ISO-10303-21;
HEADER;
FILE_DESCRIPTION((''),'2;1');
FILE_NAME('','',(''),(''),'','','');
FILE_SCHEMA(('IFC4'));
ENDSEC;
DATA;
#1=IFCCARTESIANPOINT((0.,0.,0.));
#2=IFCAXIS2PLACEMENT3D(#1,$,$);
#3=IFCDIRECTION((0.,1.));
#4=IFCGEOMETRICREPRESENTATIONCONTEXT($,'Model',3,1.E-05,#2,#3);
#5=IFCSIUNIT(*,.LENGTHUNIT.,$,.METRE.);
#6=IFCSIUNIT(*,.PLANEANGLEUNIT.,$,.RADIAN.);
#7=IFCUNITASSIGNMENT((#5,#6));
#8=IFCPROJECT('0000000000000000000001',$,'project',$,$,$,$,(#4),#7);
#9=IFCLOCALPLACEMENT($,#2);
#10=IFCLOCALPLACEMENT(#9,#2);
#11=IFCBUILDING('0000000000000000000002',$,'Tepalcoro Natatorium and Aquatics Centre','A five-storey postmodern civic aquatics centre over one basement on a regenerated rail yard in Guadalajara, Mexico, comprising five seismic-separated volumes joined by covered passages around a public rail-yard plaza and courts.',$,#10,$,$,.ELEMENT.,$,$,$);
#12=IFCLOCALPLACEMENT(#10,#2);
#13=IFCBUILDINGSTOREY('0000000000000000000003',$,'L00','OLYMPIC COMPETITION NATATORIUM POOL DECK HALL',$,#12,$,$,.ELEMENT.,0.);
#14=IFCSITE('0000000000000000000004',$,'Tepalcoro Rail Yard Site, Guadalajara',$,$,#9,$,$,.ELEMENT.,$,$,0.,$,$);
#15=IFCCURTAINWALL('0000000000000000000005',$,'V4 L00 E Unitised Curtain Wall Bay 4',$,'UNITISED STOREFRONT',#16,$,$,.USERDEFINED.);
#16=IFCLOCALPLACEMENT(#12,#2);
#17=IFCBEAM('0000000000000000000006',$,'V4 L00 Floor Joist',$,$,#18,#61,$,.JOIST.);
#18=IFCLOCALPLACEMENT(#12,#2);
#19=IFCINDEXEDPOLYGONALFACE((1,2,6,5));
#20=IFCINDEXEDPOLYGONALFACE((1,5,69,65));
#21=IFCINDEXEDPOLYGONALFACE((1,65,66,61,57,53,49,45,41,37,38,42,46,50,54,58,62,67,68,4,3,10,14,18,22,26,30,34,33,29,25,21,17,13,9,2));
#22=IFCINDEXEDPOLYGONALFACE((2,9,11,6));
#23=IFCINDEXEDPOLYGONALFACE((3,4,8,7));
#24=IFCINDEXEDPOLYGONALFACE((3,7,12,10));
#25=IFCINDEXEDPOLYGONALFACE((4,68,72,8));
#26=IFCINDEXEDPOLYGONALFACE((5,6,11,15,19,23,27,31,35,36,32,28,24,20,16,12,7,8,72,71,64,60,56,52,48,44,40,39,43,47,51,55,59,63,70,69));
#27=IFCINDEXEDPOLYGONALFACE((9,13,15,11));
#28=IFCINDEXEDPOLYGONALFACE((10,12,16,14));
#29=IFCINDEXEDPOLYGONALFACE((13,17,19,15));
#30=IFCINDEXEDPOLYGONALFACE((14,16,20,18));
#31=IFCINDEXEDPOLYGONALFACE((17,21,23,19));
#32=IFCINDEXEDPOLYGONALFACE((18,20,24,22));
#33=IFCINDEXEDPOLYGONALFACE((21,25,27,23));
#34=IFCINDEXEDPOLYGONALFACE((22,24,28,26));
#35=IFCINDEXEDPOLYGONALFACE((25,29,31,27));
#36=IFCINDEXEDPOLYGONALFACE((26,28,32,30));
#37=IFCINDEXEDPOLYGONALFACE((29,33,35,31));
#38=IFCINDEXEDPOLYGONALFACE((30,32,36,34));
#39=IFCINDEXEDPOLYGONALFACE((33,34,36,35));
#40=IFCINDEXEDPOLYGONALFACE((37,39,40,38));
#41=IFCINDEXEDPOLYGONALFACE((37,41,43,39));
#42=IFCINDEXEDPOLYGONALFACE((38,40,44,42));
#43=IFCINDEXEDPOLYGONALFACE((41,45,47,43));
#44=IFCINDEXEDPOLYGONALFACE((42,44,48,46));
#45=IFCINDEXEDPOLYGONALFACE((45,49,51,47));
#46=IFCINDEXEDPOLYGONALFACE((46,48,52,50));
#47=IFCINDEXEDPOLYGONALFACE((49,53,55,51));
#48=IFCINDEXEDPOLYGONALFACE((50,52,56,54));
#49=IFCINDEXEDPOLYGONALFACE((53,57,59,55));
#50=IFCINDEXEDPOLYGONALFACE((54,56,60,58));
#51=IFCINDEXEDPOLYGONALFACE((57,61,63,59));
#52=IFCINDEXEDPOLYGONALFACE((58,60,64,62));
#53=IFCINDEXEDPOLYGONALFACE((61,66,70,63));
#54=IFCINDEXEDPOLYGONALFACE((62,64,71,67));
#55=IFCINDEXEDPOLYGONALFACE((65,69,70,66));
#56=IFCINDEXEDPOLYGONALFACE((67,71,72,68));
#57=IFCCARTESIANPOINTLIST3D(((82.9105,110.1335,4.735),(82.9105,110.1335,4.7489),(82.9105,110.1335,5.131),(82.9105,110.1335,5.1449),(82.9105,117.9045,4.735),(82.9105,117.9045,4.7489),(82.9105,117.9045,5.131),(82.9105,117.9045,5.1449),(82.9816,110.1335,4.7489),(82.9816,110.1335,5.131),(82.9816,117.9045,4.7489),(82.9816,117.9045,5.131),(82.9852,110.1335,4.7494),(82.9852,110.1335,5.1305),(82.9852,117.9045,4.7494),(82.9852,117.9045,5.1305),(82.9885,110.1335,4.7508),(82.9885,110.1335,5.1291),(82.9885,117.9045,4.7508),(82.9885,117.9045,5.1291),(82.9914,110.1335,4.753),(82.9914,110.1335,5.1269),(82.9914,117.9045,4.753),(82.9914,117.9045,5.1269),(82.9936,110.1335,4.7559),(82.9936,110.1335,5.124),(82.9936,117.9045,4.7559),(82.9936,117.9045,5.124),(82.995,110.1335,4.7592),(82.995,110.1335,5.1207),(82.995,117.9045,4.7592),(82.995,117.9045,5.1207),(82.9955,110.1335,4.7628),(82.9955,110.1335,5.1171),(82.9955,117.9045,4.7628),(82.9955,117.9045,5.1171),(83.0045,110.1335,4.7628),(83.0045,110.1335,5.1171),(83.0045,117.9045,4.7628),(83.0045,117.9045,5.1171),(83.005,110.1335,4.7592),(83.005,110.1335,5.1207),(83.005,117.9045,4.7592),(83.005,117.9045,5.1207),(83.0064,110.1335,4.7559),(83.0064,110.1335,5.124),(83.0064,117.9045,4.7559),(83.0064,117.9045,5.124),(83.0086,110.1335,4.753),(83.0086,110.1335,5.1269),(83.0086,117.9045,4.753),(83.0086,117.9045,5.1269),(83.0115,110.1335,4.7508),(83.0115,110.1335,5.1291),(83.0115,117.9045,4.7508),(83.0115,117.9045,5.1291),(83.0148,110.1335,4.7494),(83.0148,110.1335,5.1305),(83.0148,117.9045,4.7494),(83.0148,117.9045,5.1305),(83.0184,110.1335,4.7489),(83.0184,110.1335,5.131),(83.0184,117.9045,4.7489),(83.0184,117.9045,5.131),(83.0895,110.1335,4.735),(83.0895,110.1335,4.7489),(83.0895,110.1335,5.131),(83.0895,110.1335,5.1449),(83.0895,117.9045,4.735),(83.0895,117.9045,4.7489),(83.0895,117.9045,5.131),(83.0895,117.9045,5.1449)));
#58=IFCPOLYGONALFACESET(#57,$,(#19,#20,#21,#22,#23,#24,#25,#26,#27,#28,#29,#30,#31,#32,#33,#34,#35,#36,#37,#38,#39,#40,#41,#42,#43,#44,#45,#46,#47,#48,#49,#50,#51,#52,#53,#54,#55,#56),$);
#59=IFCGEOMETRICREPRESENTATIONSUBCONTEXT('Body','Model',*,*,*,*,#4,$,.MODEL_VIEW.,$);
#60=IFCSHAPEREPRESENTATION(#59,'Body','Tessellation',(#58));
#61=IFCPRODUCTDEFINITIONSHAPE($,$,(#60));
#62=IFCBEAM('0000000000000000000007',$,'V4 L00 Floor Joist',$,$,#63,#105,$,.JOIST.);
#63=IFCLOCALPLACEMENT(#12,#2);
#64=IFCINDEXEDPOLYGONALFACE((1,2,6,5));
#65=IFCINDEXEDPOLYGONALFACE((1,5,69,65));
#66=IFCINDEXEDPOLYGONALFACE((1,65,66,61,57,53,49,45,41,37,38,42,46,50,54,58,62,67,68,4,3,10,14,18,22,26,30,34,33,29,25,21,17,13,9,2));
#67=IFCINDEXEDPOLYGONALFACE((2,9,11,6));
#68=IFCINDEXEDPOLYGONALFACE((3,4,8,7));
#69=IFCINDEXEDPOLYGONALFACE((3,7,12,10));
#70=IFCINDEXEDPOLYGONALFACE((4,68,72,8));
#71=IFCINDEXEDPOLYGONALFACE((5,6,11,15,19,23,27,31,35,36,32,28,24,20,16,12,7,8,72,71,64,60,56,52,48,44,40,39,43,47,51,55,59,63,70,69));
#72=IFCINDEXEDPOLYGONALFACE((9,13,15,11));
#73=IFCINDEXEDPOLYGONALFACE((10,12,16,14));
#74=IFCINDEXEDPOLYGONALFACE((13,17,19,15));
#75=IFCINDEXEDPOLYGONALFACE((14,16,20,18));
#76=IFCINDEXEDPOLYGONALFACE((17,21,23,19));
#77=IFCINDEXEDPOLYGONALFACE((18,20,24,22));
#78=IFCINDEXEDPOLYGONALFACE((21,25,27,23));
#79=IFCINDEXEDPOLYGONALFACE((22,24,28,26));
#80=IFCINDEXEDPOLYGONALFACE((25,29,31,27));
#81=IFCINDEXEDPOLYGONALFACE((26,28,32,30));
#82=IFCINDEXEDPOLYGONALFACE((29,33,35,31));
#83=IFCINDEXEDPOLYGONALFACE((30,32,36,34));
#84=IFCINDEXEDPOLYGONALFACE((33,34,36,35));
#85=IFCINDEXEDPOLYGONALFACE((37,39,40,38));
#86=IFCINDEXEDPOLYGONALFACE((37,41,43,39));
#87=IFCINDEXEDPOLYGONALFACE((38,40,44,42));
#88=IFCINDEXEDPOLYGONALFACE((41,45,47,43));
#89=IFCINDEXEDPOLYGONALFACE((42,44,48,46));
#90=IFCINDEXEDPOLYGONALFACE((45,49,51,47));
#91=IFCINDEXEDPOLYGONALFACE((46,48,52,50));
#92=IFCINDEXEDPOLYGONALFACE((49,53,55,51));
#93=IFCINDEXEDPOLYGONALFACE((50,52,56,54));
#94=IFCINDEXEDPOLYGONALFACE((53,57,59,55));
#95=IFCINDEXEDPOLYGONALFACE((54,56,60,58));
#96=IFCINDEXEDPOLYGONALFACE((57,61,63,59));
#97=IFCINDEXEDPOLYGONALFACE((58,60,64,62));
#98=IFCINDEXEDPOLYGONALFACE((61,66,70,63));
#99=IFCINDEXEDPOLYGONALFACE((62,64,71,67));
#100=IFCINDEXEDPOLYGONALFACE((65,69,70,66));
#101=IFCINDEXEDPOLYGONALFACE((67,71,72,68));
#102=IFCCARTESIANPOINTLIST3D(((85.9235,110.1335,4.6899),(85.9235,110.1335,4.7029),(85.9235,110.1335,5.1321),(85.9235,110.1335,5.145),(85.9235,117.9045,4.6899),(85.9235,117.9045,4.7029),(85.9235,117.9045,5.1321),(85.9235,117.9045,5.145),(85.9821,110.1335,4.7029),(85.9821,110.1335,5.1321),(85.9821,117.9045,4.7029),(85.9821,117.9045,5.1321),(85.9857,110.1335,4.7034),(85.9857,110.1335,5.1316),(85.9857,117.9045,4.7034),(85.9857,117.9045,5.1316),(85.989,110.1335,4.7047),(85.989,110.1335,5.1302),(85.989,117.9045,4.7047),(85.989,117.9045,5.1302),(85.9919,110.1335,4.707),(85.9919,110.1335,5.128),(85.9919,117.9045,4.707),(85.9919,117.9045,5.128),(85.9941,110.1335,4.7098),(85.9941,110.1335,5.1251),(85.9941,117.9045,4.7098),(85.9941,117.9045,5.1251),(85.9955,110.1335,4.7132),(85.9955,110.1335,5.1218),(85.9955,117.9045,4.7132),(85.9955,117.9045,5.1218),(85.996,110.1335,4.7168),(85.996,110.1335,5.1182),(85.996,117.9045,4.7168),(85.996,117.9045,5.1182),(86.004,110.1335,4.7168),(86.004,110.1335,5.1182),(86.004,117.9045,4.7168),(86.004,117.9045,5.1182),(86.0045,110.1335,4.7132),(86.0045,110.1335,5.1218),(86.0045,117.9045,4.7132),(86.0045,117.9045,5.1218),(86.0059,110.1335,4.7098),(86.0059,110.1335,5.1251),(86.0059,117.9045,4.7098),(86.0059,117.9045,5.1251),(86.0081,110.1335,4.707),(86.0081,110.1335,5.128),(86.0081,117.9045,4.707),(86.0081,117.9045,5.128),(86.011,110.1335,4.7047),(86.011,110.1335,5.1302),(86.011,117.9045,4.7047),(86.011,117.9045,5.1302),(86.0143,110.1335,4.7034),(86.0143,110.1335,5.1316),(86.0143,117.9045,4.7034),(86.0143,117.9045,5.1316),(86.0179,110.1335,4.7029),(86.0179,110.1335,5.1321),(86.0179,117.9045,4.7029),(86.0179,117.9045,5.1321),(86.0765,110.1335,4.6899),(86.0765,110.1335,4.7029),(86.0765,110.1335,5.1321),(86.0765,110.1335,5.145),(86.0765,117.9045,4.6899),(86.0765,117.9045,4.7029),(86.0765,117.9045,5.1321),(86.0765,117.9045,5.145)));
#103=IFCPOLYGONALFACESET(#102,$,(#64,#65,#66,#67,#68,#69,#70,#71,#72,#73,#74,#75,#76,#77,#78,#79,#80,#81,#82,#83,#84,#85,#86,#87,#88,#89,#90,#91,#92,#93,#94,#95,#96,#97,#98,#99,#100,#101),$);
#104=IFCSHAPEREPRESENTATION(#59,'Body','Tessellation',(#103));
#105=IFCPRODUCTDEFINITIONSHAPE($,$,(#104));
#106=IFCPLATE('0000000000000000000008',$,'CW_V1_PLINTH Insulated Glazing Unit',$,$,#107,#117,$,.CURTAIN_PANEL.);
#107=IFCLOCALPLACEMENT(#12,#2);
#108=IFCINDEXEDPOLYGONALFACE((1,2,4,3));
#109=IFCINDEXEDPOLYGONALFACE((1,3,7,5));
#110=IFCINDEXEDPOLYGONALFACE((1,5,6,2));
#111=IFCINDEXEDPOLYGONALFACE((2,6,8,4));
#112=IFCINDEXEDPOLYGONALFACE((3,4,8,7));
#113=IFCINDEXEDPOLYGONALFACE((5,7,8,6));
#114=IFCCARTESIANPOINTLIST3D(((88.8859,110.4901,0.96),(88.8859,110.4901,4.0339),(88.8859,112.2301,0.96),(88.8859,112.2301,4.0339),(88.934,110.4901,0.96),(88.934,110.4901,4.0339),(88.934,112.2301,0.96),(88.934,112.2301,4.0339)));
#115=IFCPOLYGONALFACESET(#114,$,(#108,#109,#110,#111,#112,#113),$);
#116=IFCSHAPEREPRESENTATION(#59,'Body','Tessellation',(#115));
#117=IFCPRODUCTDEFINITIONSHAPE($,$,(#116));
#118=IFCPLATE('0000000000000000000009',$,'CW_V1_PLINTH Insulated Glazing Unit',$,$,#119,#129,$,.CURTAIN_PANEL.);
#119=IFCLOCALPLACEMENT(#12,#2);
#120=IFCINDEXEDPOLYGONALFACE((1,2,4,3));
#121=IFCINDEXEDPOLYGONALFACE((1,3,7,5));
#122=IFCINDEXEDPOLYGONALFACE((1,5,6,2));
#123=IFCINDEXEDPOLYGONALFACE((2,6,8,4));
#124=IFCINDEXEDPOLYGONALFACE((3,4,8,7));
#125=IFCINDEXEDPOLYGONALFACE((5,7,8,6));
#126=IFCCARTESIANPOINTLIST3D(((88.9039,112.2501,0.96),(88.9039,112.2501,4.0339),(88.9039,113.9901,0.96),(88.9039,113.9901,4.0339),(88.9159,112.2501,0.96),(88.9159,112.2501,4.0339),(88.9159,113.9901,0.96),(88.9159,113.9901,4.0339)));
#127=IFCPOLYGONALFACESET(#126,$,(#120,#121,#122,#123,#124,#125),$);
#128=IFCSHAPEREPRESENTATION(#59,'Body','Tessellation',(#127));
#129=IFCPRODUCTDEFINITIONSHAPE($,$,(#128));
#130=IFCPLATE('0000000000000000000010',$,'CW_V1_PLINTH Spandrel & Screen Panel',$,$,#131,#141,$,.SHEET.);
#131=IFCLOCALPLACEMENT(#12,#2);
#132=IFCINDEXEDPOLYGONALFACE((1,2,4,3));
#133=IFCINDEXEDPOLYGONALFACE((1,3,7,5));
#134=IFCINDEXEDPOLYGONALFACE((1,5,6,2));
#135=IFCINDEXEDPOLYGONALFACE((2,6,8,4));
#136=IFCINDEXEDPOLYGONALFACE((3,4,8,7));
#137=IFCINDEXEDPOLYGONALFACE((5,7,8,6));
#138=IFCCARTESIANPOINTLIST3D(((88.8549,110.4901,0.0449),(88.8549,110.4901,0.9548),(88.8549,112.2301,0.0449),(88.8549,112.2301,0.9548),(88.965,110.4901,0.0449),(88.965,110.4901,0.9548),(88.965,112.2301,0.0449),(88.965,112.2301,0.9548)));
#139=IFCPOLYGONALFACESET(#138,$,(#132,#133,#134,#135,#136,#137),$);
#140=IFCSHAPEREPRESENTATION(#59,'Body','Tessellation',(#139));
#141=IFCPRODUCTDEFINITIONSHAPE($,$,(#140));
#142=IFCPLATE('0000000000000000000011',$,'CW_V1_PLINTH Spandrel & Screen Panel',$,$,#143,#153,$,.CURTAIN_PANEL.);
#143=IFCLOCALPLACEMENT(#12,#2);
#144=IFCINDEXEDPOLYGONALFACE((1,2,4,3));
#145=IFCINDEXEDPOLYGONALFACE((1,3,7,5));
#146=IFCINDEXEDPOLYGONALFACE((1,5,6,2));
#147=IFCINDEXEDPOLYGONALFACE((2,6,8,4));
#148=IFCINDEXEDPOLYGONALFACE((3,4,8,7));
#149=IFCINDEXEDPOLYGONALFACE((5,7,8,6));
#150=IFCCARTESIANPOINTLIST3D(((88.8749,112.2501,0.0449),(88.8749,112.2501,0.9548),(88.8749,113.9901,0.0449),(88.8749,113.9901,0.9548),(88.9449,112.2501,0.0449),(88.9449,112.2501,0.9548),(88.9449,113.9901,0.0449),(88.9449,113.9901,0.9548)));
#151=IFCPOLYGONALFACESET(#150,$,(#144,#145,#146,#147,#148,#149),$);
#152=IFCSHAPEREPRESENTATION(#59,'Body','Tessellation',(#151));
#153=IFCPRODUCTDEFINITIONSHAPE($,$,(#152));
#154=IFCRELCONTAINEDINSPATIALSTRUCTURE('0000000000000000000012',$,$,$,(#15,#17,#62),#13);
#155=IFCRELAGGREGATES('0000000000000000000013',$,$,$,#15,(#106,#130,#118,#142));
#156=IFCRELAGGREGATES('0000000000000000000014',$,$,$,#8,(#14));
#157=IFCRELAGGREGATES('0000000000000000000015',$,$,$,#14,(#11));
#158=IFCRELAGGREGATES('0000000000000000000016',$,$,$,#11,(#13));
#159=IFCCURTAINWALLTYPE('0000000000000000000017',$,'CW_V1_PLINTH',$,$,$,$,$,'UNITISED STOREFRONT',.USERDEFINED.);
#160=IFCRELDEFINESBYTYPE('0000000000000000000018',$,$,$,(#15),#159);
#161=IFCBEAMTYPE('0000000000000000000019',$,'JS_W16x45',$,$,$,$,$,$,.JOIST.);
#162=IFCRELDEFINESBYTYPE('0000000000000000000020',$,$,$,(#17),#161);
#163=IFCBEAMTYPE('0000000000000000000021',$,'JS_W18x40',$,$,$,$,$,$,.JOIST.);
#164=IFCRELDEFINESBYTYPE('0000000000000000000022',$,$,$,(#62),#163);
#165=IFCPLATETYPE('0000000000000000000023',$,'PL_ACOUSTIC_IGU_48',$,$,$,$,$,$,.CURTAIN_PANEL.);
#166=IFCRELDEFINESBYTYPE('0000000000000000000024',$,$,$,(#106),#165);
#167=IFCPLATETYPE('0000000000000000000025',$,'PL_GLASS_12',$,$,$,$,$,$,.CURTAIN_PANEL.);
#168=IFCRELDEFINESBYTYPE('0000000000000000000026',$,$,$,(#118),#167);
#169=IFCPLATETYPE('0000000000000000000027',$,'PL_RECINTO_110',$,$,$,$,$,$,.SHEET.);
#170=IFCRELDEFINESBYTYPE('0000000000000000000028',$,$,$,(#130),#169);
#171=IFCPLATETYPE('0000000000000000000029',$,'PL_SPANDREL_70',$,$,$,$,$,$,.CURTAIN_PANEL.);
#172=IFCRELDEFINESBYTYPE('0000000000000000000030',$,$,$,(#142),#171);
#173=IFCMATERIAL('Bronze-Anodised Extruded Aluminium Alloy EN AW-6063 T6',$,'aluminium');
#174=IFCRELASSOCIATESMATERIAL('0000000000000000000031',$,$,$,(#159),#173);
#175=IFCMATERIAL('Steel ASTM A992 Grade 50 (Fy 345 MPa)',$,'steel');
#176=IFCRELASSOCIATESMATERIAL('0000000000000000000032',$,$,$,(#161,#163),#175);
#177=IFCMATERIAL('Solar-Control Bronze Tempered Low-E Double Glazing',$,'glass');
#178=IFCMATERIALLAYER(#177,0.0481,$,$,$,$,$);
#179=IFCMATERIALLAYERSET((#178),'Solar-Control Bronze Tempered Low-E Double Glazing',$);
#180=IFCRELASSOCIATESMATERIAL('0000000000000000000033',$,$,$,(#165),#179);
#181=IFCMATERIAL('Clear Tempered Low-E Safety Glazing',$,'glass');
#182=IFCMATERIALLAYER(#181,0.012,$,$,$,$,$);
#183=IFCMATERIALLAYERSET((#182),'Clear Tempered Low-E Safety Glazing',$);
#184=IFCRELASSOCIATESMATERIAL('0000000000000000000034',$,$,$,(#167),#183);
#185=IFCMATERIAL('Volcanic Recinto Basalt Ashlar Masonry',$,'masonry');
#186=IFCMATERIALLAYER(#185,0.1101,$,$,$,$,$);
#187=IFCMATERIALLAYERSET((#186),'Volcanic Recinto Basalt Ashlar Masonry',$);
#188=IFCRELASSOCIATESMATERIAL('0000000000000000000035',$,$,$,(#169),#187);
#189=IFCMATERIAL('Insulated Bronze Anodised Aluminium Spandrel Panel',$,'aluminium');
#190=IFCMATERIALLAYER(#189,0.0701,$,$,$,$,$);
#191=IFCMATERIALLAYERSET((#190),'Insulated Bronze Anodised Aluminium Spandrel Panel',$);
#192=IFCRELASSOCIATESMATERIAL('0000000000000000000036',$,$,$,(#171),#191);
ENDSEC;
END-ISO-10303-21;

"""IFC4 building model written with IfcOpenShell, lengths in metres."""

from ifc_helpers import new_model, si_unit, direction, frame, origin, origin_2d, place, context, subcontext, project, spatial, rectangle, i_section, extrude, material, layer, layer_set, material_profile, profile_set, type_object, element, aggregate, save


model = new_model("IFC4")

# Units and contexts
model_context = context("Model", 3, precision=1e-05, world=origin(), true_north=direction((0.0, 1.0)))
body_context = subcontext(model_context, "Body", "Model", "MODEL_VIEW")
ifc_project = project(units=[si_unit("LENGTHUNIT", "METRE"), si_unit("PLANEANGLEUNIT", "RADIAN")], contexts=[model_context])

# Site, building, storey
site_placement = place(None, origin())
site = spatial("IfcSite", under=ifc_project, at=site_placement, Name="Tepalcoro Rail Yard Site, Guadalajara", CompositionType="ELEMENT", RefElevation=0.0)
building_placement = place(site_placement, origin())
building = spatial("IfcBuilding", under=site, at=building_placement, Name="Tepalcoro Natatorium and Aquatics Centre", Description="A five-storey postmodern civic aquatics centre over one basement on a regenerated rail yard in Guadalajara, Mexico, comprising five seismic-separated volumes joined by covered passages around a public rail-yard plaza and courts.", CompositionType="ELEMENT")
storey_placement = place(building_placement, origin())
storey = spatial("IfcBuildingStorey", under=building, at=storey_placement, Name="L00", Description="OLYMPIC COMPETITION NATATORIUM POOL DECK HALL", CompositionType="ELEMENT", Elevation=0.0)

# Shared definitions
ifc_material_1 = material(Name="Steel ASTM A992 Grade 50 (Fy 345 MPa)", Category="steel")

# Shared definitions
ifc_material_2 = material(Name="Bronze-Anodised Extruded Aluminium Alloy EN AW-6063 T6", Category="aluminium")

# Curtain wall
curtain_wall_type_1 = type_object("IfcCurtainWallType", Name="CW_V1_PLINTH", ElementType="UNITISED STOREFRONT", PredefinedType="USERDEFINED", material=ifc_material_2)
curtain_wall_1_placement = place(storey_placement, origin())
curtain_wall_1 = element("IfcCurtainWall", 1, at=curtain_wall_1_placement, inside=storey, type_object=curtain_wall_type_1, Name="V4 L00 E Unitised Curtain Wall Bay 4", ObjectType="UNITISED STOREFRONT", PredefinedType="USERDEFINED")

# Beams
ifc_material_profile_1 = material_profile(ifc_material_1, i_section(OverallWidth=0.179, OverallDepth=0.4099, WebThickness=0.009, FlangeThickness=0.0139, FilletRadius=0.0139, at=origin_2d()), Name="W16X45")
ifc_profile_set_1 = profile_set([ifc_material_profile_1], Name="Steel ASTM A992 Grade 50 (Fy 345 MPa)")
beam_type_1 = type_object("IfcBeamType", Name="JS_W16x45", PredefinedType="JOIST", material=ifc_profile_set_1)
beam_1_placement = place(storey_placement, frame((83.0, 110.1335, 4.9399), z_axis=(0.0, 1.0, 0.0), x_axis=(-1.0, 0.0, 0.0)))
element("IfcBeam", 2, at=beam_1_placement, inside=storey, type_object=beam_type_1, Name="V4 L00 Floor Joist", PredefinedType="JOIST", context=body_context, shape_type="SweptSolid", body=[
    extrude(i_section(OverallWidth=0.179, OverallDepth=0.4099, WebThickness=0.009, FlangeThickness=0.0139, FilletRadius=0.0139, at=origin_2d()), origin(), (0.0, 0.0, 1.0), 7.771),
])
ifc_material_profile_2 = material_profile(ifc_material_1, i_section(OverallWidth=0.1531, OverallDepth=0.4551, WebThickness=0.0081, FlangeThickness=0.0129, FilletRadius=0.0139, at=origin_2d()), Name="W18X40")
ifc_profile_set_2 = profile_set([ifc_material_profile_2], Name="Steel ASTM A992 Grade 50 (Fy 345 MPa)")
beam_type_2 = type_object("IfcBeamType", Name="JS_W18x40", PredefinedType="JOIST", material=ifc_profile_set_2)
beam_2_placement = place(storey_placement, frame((86.0, 110.1335, 4.9175), z_axis=(0.0, 1.0, 0.0), x_axis=(-1.0, 0.0, 0.0)))
element("IfcBeam", 3, at=beam_2_placement, inside=storey, type_object=beam_type_2, Name="V4 L00 Floor Joist", PredefinedType="JOIST", context=body_context, shape_type="SweptSolid", body=[
    extrude(i_section(OverallWidth=0.1531, OverallDepth=0.4551, WebThickness=0.0081, FlangeThickness=0.0129, FilletRadius=0.0139, at=origin_2d()), origin(), (0.0, 0.0, 1.0), 7.771),
])

# Plates
ifc_material_3 = material(Name="Solar-Control Bronze Tempered Low-E Double Glazing", Category="glass")
ifc_layer_1 = layer(ifc_material_3, 0.0481)
ifc_layer_set_1 = layer_set([ifc_layer_1], Name="Solar-Control Bronze Tempered Low-E Double Glazing")
plate_type_1 = type_object("IfcPlateType", Name="PL_ACOUSTIC_IGU_48", PredefinedType="CURTAIN_PANEL", material=ifc_layer_set_1)
plate_1_placement = place(storey_placement, frame((88.9099, 111.3601, 0.96), z_axis=(0.0, 0.0, 1.0), x_axis=(1.0, 0.0, 0.0)))
plate_1 = element("IfcPlate", 4, at=plate_1_placement, type_object=plate_type_1, Name="CW_V1_PLINTH Insulated Glazing Unit", PredefinedType="CURTAIN_PANEL", context=body_context, shape_type="SweptSolid", body=[
    extrude(rectangle(XDim=0.0481, YDim=1.74, at=origin_2d()), origin(), (0.0, 0.0, 1.0), 3.074),
])
ifc_material_4 = material(Name="Clear Tempered Low-E Safety Glazing", Category="glass")
ifc_layer_2 = layer(ifc_material_4, 0.012)
ifc_layer_set_2 = layer_set([ifc_layer_2], Name="Clear Tempered Low-E Safety Glazing")
plate_type_2 = type_object("IfcPlateType", Name="PL_GLASS_12", PredefinedType="CURTAIN_PANEL", material=ifc_layer_set_2)
plate_2_placement = place(storey_placement, frame((88.9099, 113.1201, 0.96), z_axis=(0.0, 0.0, 1.0), x_axis=(1.0, 0.0, 0.0)))
plate_2 = element("IfcPlate", 5, at=plate_2_placement, type_object=plate_type_2, Name="CW_V1_PLINTH Insulated Glazing Unit", PredefinedType="CURTAIN_PANEL", context=body_context, shape_type="SweptSolid", body=[
    extrude(rectangle(XDim=0.012, YDim=1.74, at=origin_2d()), origin(), (0.0, 0.0, 1.0), 3.074),
])
ifc_material_5 = material(Name="Volcanic Recinto Basalt Ashlar Masonry", Category="masonry")
ifc_layer_3 = layer(ifc_material_5, 0.1101)
ifc_layer_set_3 = layer_set([ifc_layer_3], Name="Volcanic Recinto Basalt Ashlar Masonry")
plate_type_3 = type_object("IfcPlateType", Name="PL_RECINTO_110", PredefinedType="SHEET", material=ifc_layer_set_3)
plate_3_placement = place(storey_placement, frame((88.9099, 111.3601, 0.0449), z_axis=(0.0, 0.0, 1.0), x_axis=(1.0, 0.0, 0.0)))
plate_3 = element("IfcPlate", 6, at=plate_3_placement, type_object=plate_type_3, Name="CW_V1_PLINTH Spandrel & Screen Panel", PredefinedType="SHEET", context=body_context, shape_type="SweptSolid", body=[
    extrude(rectangle(XDim=0.1101, YDim=1.74, at=origin_2d()), origin(), (0.0, 0.0, 1.0), 0.9099),
])
ifc_material_6 = material(Name="Insulated Bronze Anodised Aluminium Spandrel Panel", Category="aluminium")
ifc_layer_4 = layer(ifc_material_6, 0.0701)
ifc_layer_set_4 = layer_set([ifc_layer_4], Name="Insulated Bronze Anodised Aluminium Spandrel Panel")
plate_type_4 = type_object("IfcPlateType", Name="PL_SPANDREL_70", PredefinedType="CURTAIN_PANEL", material=ifc_layer_set_4)
plate_4_placement = place(storey_placement, frame((88.9099, 113.1201, 0.0449), z_axis=(0.0, 0.0, 1.0), x_axis=(1.0, 0.0, 0.0)))
plate_4 = element("IfcPlate", 7, at=plate_4_placement, type_object=plate_type_4, Name="CW_V1_PLINTH Spandrel & Screen Panel", PredefinedType="CURTAIN_PANEL", context=body_context, shape_type="SweptSolid", body=[
    extrude(rectangle(XDim=0.0701, YDim=1.74, at=origin_2d()), origin(), (0.0, 0.0, 1.0), 0.9099),
])
aggregate(curtain_wall_1, [plate_1, plate_3, plate_2, plate_4])

save(model, "model.ifc")
